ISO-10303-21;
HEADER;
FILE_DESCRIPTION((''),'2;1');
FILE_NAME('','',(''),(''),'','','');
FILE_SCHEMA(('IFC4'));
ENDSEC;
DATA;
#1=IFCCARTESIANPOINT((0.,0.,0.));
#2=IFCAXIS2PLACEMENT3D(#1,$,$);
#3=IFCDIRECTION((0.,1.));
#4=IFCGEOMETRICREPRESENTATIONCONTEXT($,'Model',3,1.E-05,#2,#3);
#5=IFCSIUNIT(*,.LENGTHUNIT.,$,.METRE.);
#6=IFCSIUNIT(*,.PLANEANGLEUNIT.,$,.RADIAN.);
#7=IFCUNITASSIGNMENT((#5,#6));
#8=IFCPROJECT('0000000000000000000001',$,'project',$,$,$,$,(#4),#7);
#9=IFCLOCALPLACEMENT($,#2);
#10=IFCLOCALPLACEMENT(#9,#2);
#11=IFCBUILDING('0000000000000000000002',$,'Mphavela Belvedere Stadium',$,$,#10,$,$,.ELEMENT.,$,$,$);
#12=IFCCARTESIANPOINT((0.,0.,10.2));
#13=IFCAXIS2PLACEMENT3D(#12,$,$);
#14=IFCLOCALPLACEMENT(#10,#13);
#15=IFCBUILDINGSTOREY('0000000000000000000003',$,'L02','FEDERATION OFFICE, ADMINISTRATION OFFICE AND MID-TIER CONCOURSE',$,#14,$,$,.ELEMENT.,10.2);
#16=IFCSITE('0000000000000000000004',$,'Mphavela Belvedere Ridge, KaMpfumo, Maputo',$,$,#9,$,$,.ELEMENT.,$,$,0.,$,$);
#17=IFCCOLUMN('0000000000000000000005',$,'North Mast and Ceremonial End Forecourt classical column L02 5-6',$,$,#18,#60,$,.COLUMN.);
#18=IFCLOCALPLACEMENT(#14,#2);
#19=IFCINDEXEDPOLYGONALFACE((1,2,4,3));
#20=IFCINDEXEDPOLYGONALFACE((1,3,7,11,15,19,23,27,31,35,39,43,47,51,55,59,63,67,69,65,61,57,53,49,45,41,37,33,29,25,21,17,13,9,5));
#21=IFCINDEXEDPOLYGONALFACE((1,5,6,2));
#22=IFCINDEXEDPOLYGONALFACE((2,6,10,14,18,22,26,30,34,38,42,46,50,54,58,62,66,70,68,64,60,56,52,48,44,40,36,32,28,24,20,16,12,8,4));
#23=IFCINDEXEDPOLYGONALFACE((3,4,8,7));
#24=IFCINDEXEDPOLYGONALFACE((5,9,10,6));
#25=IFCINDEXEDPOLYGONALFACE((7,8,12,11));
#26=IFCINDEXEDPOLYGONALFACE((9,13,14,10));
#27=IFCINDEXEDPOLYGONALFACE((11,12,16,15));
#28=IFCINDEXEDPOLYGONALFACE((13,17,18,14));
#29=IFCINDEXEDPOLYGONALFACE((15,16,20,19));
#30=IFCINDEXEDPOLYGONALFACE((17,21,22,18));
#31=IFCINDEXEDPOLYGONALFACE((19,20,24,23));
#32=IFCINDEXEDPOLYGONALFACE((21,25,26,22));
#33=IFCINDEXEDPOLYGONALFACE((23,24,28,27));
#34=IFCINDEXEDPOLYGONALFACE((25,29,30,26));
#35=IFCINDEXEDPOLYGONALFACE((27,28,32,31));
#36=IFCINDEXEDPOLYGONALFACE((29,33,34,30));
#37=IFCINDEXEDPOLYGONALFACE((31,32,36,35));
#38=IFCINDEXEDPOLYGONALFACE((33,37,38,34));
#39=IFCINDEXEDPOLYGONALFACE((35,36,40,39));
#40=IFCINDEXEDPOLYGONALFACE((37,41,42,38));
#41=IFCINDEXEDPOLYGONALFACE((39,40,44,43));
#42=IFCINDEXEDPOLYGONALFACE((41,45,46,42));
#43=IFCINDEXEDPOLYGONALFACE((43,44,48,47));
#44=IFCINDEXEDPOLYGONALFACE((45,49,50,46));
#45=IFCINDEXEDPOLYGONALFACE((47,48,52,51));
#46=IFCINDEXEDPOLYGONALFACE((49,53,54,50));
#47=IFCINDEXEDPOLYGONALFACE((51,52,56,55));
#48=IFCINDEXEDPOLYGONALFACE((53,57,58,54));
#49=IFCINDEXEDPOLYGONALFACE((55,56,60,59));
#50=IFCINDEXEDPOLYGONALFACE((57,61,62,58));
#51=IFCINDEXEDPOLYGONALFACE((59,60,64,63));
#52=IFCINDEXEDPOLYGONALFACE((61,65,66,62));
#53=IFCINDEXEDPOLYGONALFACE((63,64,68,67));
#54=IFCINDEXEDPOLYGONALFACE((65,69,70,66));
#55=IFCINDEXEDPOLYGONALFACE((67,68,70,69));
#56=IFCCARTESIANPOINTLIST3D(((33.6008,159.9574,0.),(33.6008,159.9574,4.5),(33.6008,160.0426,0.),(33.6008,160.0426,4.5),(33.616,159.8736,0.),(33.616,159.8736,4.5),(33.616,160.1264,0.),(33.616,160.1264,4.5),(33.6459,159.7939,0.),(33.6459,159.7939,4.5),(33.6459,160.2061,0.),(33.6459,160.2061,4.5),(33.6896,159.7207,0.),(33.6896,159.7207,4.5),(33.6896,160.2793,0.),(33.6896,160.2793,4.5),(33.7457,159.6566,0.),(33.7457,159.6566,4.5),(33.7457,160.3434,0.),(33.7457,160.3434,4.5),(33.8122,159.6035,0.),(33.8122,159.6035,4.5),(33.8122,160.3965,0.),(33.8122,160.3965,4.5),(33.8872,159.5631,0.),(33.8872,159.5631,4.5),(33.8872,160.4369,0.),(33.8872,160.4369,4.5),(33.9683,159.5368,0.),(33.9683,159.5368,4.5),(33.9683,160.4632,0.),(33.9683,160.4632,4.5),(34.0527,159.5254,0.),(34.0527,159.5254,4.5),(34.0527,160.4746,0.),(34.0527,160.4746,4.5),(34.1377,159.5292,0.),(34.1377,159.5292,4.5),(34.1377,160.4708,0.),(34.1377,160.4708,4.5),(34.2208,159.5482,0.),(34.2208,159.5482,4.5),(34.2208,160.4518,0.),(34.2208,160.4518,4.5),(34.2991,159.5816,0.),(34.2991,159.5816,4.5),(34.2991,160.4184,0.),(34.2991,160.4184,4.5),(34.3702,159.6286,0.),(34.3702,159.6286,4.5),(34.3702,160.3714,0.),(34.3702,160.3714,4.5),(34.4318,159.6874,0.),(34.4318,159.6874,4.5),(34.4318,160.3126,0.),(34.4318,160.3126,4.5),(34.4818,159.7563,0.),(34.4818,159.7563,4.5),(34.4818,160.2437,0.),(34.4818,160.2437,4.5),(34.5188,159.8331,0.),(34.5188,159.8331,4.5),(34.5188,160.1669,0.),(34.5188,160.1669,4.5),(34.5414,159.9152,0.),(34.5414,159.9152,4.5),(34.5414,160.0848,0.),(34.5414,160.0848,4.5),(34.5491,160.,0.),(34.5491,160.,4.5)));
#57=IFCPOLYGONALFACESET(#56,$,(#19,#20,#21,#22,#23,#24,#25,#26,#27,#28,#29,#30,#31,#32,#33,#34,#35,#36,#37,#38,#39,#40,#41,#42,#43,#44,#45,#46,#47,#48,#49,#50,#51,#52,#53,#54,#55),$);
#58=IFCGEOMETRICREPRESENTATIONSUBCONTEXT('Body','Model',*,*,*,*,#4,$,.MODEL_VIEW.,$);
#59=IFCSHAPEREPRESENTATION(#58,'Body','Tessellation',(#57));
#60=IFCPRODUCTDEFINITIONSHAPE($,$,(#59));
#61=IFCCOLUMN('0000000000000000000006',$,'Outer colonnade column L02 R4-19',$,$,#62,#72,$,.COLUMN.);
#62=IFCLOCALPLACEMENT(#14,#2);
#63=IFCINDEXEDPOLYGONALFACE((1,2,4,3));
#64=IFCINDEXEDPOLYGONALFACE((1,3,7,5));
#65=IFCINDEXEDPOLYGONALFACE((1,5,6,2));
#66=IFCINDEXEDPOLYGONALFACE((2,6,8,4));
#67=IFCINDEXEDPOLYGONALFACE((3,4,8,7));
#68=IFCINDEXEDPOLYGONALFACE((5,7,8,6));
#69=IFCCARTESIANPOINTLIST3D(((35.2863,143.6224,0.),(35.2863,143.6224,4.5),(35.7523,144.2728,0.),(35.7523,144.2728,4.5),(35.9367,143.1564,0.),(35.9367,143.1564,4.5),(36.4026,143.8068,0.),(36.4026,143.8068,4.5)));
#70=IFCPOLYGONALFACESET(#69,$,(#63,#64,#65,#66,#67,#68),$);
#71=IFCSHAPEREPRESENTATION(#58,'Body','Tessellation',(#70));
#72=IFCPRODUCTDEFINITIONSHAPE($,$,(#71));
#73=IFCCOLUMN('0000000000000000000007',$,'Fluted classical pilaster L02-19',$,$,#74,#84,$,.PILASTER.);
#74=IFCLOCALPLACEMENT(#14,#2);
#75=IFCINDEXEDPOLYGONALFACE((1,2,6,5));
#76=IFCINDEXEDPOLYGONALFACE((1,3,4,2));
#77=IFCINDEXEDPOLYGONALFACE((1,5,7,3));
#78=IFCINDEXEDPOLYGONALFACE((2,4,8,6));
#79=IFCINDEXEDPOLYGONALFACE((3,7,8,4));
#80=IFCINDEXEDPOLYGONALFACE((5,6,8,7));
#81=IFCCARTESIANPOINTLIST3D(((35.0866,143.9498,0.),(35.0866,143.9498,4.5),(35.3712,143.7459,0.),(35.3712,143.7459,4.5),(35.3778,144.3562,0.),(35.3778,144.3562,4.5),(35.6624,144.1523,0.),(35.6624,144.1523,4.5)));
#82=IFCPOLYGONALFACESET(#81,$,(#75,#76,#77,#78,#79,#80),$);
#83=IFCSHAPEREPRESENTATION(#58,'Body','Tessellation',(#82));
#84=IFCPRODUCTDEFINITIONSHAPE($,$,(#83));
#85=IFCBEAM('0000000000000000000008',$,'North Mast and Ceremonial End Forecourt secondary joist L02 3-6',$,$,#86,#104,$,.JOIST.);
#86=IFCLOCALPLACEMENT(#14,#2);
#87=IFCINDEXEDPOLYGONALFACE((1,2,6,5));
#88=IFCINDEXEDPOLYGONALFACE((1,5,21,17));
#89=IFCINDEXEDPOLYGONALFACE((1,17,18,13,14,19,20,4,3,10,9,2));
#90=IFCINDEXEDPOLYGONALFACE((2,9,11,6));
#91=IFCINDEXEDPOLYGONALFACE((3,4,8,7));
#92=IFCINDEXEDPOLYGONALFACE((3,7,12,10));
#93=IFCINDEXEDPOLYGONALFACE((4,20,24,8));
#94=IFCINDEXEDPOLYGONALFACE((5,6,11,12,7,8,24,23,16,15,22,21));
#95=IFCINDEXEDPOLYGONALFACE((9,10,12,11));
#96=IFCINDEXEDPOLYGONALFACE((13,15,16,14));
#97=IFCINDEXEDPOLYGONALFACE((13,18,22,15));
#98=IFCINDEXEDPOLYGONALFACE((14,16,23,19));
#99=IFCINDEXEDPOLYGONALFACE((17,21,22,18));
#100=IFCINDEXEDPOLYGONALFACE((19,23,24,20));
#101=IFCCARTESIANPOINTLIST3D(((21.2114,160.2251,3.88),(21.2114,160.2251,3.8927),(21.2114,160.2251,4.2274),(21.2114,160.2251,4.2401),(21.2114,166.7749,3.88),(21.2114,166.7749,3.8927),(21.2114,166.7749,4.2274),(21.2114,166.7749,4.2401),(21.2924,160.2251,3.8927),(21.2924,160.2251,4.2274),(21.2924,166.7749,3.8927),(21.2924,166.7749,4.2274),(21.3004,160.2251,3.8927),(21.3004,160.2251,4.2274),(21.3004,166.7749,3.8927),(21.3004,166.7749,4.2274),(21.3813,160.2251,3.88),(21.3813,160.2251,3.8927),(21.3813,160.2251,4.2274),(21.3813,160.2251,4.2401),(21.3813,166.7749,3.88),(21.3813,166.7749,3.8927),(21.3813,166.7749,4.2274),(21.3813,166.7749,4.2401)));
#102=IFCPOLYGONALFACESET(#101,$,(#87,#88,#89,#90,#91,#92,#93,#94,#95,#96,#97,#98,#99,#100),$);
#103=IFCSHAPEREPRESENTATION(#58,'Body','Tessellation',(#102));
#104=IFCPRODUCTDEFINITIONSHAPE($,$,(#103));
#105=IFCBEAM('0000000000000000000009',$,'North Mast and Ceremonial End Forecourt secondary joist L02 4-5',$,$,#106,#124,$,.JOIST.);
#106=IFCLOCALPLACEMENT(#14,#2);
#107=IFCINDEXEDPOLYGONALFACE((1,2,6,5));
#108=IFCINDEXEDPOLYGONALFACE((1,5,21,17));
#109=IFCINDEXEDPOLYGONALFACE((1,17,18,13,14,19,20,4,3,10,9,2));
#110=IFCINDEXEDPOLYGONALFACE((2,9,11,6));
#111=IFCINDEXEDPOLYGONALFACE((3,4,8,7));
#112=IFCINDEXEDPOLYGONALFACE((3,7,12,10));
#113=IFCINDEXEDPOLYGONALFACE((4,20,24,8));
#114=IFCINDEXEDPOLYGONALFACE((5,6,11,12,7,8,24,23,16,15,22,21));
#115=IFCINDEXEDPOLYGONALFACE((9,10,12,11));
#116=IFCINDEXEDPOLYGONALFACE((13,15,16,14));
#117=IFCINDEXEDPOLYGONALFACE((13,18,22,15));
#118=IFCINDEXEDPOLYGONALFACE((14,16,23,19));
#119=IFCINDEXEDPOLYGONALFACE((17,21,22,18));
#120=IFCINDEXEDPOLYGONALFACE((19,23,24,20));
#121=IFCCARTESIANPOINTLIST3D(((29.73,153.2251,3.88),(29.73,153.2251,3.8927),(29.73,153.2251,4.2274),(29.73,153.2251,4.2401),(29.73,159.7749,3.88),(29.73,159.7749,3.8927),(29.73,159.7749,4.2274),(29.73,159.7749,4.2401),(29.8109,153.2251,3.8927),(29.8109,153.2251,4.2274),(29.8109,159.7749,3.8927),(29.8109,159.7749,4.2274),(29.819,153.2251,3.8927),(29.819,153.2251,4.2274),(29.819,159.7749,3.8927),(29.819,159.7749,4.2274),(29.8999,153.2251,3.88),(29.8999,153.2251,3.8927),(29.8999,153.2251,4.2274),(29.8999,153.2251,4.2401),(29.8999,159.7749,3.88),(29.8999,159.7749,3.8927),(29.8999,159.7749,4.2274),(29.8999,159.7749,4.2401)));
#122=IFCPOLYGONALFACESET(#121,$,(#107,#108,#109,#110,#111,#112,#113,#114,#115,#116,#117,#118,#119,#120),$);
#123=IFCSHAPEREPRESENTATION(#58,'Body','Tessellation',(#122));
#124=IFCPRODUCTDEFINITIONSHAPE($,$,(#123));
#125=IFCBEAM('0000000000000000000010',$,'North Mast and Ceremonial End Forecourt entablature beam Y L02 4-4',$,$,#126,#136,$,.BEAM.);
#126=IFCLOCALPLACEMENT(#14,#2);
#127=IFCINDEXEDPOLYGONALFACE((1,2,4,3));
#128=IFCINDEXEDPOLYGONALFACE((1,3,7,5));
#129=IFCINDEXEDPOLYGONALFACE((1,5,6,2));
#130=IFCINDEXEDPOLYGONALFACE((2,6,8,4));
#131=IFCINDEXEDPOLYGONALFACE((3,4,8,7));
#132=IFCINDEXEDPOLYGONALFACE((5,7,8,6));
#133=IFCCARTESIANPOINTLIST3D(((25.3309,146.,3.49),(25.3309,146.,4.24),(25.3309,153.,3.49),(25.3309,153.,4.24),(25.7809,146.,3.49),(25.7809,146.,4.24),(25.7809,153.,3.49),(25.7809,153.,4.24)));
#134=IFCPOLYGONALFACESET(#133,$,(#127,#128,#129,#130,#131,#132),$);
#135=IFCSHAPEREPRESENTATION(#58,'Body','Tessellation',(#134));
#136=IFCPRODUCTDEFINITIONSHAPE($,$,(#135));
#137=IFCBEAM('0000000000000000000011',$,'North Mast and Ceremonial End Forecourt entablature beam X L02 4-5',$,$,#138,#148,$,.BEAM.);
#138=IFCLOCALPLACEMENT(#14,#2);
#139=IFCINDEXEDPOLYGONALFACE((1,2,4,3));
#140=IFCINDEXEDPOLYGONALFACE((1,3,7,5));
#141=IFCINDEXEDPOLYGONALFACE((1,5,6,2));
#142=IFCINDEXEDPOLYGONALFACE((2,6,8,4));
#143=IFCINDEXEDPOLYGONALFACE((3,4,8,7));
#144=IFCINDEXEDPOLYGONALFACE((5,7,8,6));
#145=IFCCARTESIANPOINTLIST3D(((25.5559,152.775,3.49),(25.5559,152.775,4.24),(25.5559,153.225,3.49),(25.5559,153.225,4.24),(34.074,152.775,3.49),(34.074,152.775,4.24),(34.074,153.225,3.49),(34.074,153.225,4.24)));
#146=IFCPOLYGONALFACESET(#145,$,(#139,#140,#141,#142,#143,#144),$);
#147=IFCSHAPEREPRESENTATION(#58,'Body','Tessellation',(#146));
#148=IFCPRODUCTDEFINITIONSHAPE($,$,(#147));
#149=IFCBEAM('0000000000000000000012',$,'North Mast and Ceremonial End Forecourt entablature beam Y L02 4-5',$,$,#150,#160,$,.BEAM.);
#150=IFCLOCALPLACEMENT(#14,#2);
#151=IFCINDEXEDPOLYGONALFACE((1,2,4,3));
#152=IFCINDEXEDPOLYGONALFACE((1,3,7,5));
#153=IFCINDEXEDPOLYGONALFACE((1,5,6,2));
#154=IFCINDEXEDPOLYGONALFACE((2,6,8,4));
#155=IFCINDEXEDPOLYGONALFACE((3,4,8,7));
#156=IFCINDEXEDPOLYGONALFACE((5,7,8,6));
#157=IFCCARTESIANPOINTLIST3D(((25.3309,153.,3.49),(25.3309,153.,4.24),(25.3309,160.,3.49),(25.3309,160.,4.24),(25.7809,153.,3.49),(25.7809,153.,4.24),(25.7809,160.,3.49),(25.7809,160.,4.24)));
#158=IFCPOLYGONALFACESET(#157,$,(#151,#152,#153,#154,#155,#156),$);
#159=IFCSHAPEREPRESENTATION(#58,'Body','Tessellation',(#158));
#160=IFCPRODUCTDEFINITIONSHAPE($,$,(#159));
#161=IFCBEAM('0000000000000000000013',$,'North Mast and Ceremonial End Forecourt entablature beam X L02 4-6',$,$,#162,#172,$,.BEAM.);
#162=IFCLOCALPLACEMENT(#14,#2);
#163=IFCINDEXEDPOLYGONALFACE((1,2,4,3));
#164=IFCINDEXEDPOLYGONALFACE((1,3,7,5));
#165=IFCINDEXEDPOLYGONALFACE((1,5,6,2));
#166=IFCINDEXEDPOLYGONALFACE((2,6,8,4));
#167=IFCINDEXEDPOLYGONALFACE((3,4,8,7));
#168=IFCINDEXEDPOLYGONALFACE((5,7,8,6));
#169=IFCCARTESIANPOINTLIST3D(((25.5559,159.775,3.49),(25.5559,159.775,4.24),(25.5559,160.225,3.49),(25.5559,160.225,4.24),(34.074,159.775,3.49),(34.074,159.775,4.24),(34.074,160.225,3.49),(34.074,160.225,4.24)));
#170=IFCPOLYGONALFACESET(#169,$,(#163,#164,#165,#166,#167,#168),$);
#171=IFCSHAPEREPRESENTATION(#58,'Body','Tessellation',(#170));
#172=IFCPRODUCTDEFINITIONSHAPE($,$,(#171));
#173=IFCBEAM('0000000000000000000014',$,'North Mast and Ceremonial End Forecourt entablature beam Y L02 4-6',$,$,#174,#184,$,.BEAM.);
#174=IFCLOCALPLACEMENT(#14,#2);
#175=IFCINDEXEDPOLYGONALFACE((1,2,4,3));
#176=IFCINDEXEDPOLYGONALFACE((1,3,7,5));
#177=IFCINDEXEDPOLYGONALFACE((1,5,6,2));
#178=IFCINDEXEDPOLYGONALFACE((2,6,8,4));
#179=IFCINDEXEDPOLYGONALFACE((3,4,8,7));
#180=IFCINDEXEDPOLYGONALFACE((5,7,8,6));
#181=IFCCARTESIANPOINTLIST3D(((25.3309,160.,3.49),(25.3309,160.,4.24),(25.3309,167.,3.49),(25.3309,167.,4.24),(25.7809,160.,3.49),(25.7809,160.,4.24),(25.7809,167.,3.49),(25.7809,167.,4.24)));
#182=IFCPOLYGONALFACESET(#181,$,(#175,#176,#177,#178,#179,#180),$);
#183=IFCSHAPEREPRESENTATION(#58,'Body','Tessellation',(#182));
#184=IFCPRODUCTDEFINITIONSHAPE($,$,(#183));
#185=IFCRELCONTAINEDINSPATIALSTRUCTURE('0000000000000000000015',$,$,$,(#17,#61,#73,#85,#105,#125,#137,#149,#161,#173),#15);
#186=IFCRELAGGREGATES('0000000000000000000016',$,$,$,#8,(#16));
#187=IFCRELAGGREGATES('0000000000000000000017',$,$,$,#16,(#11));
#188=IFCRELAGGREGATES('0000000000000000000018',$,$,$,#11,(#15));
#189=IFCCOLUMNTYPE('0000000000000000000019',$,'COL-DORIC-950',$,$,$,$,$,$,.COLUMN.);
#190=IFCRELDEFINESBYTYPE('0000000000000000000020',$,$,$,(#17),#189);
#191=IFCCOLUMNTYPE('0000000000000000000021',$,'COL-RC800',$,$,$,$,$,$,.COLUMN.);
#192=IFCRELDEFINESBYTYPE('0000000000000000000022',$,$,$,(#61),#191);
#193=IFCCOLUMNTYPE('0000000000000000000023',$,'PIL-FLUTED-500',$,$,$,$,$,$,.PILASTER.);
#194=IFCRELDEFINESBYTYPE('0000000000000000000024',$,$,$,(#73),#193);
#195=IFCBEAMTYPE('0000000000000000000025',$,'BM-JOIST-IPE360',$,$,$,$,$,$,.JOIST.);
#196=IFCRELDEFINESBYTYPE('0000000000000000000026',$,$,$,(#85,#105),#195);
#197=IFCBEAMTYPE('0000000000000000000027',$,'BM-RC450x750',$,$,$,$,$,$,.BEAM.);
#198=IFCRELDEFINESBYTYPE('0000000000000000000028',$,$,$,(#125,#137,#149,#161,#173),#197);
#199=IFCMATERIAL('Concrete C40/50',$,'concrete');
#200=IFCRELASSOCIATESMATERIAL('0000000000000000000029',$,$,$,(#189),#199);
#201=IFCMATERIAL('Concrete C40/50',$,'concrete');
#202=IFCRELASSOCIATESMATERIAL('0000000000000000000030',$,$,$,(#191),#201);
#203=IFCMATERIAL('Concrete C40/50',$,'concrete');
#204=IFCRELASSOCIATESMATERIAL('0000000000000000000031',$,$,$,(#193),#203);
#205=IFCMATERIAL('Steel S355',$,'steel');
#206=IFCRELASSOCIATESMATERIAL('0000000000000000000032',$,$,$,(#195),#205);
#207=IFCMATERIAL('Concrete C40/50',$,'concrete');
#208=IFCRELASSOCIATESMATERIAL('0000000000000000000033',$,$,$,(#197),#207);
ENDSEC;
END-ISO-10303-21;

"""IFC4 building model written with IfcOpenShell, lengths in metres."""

from ifc_helpers import new_model, si_unit, direction, frame, origin, origin_2d, place, context, subcontext, project, spatial, rectangle, circle, i_section, extrude, material, material_profile, profile_set, type_object, element, save


model = new_model("IFC4")

# Units and contexts
model_context = context("Model", 3, precision=1e-05, world=origin(), true_north=direction((0.0, 1.0)))
body_context = subcontext(model_context, "Body", "Model", "MODEL_VIEW")
ifc_project = project(units=[si_unit("LENGTHUNIT", "METRE"), si_unit("PLANEANGLEUNIT", "RADIAN")], contexts=[model_context])

# Site, building, storey
site_placement = place(None, origin())
site = spatial("IfcSite", under=ifc_project, at=site_placement, Name="Mphavela Belvedere Ridge, KaMpfumo, Maputo", CompositionType="ELEMENT", RefElevation=0.0)
building_placement = place(site_placement, origin())
building = spatial("IfcBuilding", under=site, at=building_placement, Name="Mphavela Belvedere Stadium", CompositionType="ELEMENT")
storey_placement = place(building_placement, frame((0.0, 0.0, 10.2)))
storey = spatial("IfcBuildingStorey", under=building, at=storey_placement, Name="L02", Description="FEDERATION OFFICE, ADMINISTRATION OFFICE AND MID-TIER CONCOURSE", CompositionType="ELEMENT", Elevation=10.2)

# Columns
ifc_material_1 = material(Name="Concrete C40/50", Category="concrete")
ifc_material_profile_1 = material_profile(ifc_material_1, circle(Radius=0.4751, at=origin_2d()), Name="COL D950")
ifc_profile_set_1 = profile_set([ifc_material_profile_1], Name="Concrete C40/50")
column_type_1 = type_object("IfcColumnType", Name="COL-DORIC-950", PredefinedType="COLUMN", material=ifc_profile_set_1)
for number, where, z_axis, x_axis, name in (
    (1, (34.074, 160.0, 0.0), (0.0, 0.0, 1.0), (1.0, 0.0, 0.0), "North Mast and Ceremonial End Forecourt classical column L02 5-6"),
):
    element("IfcColumn", number, at=place(storey_placement, frame(where, z_axis=z_axis, x_axis=x_axis)), inside=storey, type_object=column_type_1, Name=name, PredefinedType="COLUMN", context=body_context, shape_type="SweptSolid", body=[
        extrude(circle(Radius=0.4751, at=origin_2d()), origin(), (0.0, 0.0, 1.0), 4.5),
    ])
ifc_material_2 = material(Name="Concrete C40/50", Category="concrete")
ifc_material_profile_2 = material_profile(ifc_material_2, rectangle(XDim=0.8, YDim=0.8, at=origin_2d()), Name="RC 800x800")
ifc_profile_set_2 = profile_set([ifc_material_profile_2], Name="Concrete C40/50")
column_type_2 = type_object("IfcColumnType", Name="COL-RC800", PredefinedType="COLUMN", material=ifc_profile_set_2)
column_1_placement = place(storey_placement, frame((35.8445, 143.7146, 0.0), z_axis=(0.0, 0.0, 1.0), x_axis=(-0.812898, 0.582407, 0.0)))
element("IfcColumn", 2, at=column_1_placement, inside=storey, type_object=column_type_2, Name="Outer colonnade column L02 R4-19", PredefinedType="COLUMN", context=body_context, shape_type="SweptSolid", body=[
    extrude(rectangle(XDim=0.8, YDim=0.8, at=origin_2d()), origin(), (0.0, 0.0, 1.0), 4.5),
])
ifc_material_3 = material(Name="Concrete C40/50", Category="concrete")
ifc_material_profile_3 = material_profile(ifc_material_3, rectangle(XDim=0.5, YDim=0.3501, at=origin_2d()), Name="PIL 500x350")
ifc_profile_set_3 = profile_set([ifc_material_profile_3], Name="Concrete C40/50")
column_type_3 = type_object("IfcColumnType", Name="PIL-FLUTED-500", PredefinedType="PILASTER", material=ifc_profile_set_3)
column_2_placement = place(storey_placement, frame((35.3745, 144.051, 0.0), z_axis=(0.0, 0.0, 1.0), x_axis=(-0.582407, -0.812898, 0.0)))
element("IfcColumn", 3, at=column_2_placement, inside=storey, type_object=column_type_3, Name="Fluted classical pilaster L02-19", PredefinedType="PILASTER", context=body_context, shape_type="SweptSolid", body=[
    extrude(rectangle(XDim=0.5, YDim=0.3501, at=origin_2d()), origin(), (0.0, 0.0, 1.0), 4.5),
])

# Beams
ifc_material_4 = material(Name="Steel S355", Category="steel")
ifc_material_profile_4 = material_profile(ifc_material_4, i_section(OverallWidth=0.1699, OverallDepth=0.3601, WebThickness=0.0081, FlangeThickness=0.0127, at=origin_2d()), Name="IPE 360")
ifc_profile_set_4 = profile_set([ifc_material_profile_4], Name="Steel S355")
beam_type_1 = type_object("IfcBeamType", Name="BM-JOIST-IPE360", PredefinedType="JOIST", material=ifc_profile_set_4)
for number, where, z_axis, x_axis, name in (
    (4, (21.2964, 160.2251, 4.0601), (0.0, 1.0, 0.0), (-1.0, 0.0, 0.0), "North Mast and Ceremonial End Forecourt secondary joist L02 3-6"),
    (5, (29.8149, 153.2251, 4.0601), (0.0, 1.0, 0.0), (-1.0, 0.0, 0.0), "North Mast and Ceremonial End Forecourt secondary joist L02 4-5"),
):
    element("IfcBeam", number, at=place(storey_placement, frame(where, z_axis=z_axis, x_axis=x_axis)), inside=storey, type_object=beam_type_1, Name=name, PredefinedType="JOIST", context=body_context, shape_type="SweptSolid", body=[
        extrude(i_section(OverallWidth=0.1699, OverallDepth=0.3601, WebThickness=0.0081, FlangeThickness=0.0127, at=origin_2d()), origin(), (0.0, 0.0, 1.0), 6.5498),
    ])
ifc_material_5 = material(Name="Concrete C40/50", Category="concrete")
ifc_material_profile_5 = material_profile(ifc_material_5, rectangle(XDim=0.45, YDim=0.75, at=origin_2d()), Name="RC 450x750")
ifc_profile_set_5 = profile_set([ifc_material_profile_5], Name="Concrete C40/50")
beam_type_2 = type_object("IfcBeamType", Name="BM-RC450x750", PredefinedType="BEAM", material=ifc_profile_set_5)
beam_1_placement = place(storey_placement, frame((25.5559, 146.0, 3.865), z_axis=(0.0, 1.0, 0.0), x_axis=(-1.0, 0.0, 0.0)))
element("IfcBeam", 6, at=beam_1_placement, inside=storey, type_object=beam_type_2, Name="North Mast and Ceremonial End Forecourt entablature beam Y L02 4-4", PredefinedType="BEAM", context=body_context, shape_type="SweptSolid", body=[
    extrude(rectangle(XDim=0.45, YDim=0.75, at=origin_2d()), origin(), (0.0, 0.0, 1.0), 7.0),
])
beam_2_placement = place(storey_placement, frame((25.5559, 153.0, 3.865), z_axis=(1.0, 0.0, 0.0), x_axis=(0.0, 1.0, 0.0)))
element("IfcBeam", 7, at=beam_2_placement, inside=storey, type_object=beam_type_2, Name="North Mast and Ceremonial End Forecourt entablature beam X L02 4-5", PredefinedType="BEAM", context=body_context, shape_type="SweptSolid", body=[
    extrude(rectangle(XDim=0.45, YDim=0.75, at=origin_2d()), origin(), (0.0, 0.0, 1.0), 8.5181),
])
beam_3_placement = place(storey_placement, frame((25.5559, 153.0, 3.865), z_axis=(0.0, 1.0, 0.0), x_axis=(-1.0, 0.0, 0.0)))
element("IfcBeam", 8, at=beam_3_placement, inside=storey, type_object=beam_type_2, Name="North Mast and Ceremonial End Forecourt entablature beam Y L02 4-5", PredefinedType="BEAM", context=body_context, shape_type="SweptSolid", body=[
    extrude(rectangle(XDim=0.45, YDim=0.75, at=origin_2d()), origin(), (0.0, 0.0, 1.0), 7.0),
])
beam_4_placement = place(storey_placement, frame((25.5559, 160.0, 3.865), z_axis=(1.0, 0.0, 0.0), x_axis=(0.0, 1.0, 0.0)))
element("IfcBeam", 9, at=beam_4_placement, inside=storey, type_object=beam_type_2, Name="North Mast and Ceremonial End Forecourt entablature beam X L02 4-6", PredefinedType="BEAM", context=body_context, shape_type="SweptSolid", body=[
    extrude(rectangle(XDim=0.45, YDim=0.75, at=origin_2d()), origin(), (0.0, 0.0, 1.0), 8.5181),
])
for number, where, z_axis, x_axis, name in (
    (10, (25.5559, 160.0, 3.865), (0.0, 1.0, 0.0), (-1.0, 0.0, 0.0), "North Mast and Ceremonial End Forecourt entablature beam Y L02 4-6"),
):
    element("IfcBeam", number, at=place(storey_placement, frame(where, z_axis=z_axis, x_axis=x_axis)), inside=storey, type_object=beam_type_2, Name=name, PredefinedType="BEAM", context=body_context, shape_type="SweptSolid", body=[
        extrude(rectangle(XDim=0.45, YDim=0.75, at=origin_2d()), origin(), (0.0, 0.0, 1.0), 7.0),
    ])

save(model, "model.ifc")
